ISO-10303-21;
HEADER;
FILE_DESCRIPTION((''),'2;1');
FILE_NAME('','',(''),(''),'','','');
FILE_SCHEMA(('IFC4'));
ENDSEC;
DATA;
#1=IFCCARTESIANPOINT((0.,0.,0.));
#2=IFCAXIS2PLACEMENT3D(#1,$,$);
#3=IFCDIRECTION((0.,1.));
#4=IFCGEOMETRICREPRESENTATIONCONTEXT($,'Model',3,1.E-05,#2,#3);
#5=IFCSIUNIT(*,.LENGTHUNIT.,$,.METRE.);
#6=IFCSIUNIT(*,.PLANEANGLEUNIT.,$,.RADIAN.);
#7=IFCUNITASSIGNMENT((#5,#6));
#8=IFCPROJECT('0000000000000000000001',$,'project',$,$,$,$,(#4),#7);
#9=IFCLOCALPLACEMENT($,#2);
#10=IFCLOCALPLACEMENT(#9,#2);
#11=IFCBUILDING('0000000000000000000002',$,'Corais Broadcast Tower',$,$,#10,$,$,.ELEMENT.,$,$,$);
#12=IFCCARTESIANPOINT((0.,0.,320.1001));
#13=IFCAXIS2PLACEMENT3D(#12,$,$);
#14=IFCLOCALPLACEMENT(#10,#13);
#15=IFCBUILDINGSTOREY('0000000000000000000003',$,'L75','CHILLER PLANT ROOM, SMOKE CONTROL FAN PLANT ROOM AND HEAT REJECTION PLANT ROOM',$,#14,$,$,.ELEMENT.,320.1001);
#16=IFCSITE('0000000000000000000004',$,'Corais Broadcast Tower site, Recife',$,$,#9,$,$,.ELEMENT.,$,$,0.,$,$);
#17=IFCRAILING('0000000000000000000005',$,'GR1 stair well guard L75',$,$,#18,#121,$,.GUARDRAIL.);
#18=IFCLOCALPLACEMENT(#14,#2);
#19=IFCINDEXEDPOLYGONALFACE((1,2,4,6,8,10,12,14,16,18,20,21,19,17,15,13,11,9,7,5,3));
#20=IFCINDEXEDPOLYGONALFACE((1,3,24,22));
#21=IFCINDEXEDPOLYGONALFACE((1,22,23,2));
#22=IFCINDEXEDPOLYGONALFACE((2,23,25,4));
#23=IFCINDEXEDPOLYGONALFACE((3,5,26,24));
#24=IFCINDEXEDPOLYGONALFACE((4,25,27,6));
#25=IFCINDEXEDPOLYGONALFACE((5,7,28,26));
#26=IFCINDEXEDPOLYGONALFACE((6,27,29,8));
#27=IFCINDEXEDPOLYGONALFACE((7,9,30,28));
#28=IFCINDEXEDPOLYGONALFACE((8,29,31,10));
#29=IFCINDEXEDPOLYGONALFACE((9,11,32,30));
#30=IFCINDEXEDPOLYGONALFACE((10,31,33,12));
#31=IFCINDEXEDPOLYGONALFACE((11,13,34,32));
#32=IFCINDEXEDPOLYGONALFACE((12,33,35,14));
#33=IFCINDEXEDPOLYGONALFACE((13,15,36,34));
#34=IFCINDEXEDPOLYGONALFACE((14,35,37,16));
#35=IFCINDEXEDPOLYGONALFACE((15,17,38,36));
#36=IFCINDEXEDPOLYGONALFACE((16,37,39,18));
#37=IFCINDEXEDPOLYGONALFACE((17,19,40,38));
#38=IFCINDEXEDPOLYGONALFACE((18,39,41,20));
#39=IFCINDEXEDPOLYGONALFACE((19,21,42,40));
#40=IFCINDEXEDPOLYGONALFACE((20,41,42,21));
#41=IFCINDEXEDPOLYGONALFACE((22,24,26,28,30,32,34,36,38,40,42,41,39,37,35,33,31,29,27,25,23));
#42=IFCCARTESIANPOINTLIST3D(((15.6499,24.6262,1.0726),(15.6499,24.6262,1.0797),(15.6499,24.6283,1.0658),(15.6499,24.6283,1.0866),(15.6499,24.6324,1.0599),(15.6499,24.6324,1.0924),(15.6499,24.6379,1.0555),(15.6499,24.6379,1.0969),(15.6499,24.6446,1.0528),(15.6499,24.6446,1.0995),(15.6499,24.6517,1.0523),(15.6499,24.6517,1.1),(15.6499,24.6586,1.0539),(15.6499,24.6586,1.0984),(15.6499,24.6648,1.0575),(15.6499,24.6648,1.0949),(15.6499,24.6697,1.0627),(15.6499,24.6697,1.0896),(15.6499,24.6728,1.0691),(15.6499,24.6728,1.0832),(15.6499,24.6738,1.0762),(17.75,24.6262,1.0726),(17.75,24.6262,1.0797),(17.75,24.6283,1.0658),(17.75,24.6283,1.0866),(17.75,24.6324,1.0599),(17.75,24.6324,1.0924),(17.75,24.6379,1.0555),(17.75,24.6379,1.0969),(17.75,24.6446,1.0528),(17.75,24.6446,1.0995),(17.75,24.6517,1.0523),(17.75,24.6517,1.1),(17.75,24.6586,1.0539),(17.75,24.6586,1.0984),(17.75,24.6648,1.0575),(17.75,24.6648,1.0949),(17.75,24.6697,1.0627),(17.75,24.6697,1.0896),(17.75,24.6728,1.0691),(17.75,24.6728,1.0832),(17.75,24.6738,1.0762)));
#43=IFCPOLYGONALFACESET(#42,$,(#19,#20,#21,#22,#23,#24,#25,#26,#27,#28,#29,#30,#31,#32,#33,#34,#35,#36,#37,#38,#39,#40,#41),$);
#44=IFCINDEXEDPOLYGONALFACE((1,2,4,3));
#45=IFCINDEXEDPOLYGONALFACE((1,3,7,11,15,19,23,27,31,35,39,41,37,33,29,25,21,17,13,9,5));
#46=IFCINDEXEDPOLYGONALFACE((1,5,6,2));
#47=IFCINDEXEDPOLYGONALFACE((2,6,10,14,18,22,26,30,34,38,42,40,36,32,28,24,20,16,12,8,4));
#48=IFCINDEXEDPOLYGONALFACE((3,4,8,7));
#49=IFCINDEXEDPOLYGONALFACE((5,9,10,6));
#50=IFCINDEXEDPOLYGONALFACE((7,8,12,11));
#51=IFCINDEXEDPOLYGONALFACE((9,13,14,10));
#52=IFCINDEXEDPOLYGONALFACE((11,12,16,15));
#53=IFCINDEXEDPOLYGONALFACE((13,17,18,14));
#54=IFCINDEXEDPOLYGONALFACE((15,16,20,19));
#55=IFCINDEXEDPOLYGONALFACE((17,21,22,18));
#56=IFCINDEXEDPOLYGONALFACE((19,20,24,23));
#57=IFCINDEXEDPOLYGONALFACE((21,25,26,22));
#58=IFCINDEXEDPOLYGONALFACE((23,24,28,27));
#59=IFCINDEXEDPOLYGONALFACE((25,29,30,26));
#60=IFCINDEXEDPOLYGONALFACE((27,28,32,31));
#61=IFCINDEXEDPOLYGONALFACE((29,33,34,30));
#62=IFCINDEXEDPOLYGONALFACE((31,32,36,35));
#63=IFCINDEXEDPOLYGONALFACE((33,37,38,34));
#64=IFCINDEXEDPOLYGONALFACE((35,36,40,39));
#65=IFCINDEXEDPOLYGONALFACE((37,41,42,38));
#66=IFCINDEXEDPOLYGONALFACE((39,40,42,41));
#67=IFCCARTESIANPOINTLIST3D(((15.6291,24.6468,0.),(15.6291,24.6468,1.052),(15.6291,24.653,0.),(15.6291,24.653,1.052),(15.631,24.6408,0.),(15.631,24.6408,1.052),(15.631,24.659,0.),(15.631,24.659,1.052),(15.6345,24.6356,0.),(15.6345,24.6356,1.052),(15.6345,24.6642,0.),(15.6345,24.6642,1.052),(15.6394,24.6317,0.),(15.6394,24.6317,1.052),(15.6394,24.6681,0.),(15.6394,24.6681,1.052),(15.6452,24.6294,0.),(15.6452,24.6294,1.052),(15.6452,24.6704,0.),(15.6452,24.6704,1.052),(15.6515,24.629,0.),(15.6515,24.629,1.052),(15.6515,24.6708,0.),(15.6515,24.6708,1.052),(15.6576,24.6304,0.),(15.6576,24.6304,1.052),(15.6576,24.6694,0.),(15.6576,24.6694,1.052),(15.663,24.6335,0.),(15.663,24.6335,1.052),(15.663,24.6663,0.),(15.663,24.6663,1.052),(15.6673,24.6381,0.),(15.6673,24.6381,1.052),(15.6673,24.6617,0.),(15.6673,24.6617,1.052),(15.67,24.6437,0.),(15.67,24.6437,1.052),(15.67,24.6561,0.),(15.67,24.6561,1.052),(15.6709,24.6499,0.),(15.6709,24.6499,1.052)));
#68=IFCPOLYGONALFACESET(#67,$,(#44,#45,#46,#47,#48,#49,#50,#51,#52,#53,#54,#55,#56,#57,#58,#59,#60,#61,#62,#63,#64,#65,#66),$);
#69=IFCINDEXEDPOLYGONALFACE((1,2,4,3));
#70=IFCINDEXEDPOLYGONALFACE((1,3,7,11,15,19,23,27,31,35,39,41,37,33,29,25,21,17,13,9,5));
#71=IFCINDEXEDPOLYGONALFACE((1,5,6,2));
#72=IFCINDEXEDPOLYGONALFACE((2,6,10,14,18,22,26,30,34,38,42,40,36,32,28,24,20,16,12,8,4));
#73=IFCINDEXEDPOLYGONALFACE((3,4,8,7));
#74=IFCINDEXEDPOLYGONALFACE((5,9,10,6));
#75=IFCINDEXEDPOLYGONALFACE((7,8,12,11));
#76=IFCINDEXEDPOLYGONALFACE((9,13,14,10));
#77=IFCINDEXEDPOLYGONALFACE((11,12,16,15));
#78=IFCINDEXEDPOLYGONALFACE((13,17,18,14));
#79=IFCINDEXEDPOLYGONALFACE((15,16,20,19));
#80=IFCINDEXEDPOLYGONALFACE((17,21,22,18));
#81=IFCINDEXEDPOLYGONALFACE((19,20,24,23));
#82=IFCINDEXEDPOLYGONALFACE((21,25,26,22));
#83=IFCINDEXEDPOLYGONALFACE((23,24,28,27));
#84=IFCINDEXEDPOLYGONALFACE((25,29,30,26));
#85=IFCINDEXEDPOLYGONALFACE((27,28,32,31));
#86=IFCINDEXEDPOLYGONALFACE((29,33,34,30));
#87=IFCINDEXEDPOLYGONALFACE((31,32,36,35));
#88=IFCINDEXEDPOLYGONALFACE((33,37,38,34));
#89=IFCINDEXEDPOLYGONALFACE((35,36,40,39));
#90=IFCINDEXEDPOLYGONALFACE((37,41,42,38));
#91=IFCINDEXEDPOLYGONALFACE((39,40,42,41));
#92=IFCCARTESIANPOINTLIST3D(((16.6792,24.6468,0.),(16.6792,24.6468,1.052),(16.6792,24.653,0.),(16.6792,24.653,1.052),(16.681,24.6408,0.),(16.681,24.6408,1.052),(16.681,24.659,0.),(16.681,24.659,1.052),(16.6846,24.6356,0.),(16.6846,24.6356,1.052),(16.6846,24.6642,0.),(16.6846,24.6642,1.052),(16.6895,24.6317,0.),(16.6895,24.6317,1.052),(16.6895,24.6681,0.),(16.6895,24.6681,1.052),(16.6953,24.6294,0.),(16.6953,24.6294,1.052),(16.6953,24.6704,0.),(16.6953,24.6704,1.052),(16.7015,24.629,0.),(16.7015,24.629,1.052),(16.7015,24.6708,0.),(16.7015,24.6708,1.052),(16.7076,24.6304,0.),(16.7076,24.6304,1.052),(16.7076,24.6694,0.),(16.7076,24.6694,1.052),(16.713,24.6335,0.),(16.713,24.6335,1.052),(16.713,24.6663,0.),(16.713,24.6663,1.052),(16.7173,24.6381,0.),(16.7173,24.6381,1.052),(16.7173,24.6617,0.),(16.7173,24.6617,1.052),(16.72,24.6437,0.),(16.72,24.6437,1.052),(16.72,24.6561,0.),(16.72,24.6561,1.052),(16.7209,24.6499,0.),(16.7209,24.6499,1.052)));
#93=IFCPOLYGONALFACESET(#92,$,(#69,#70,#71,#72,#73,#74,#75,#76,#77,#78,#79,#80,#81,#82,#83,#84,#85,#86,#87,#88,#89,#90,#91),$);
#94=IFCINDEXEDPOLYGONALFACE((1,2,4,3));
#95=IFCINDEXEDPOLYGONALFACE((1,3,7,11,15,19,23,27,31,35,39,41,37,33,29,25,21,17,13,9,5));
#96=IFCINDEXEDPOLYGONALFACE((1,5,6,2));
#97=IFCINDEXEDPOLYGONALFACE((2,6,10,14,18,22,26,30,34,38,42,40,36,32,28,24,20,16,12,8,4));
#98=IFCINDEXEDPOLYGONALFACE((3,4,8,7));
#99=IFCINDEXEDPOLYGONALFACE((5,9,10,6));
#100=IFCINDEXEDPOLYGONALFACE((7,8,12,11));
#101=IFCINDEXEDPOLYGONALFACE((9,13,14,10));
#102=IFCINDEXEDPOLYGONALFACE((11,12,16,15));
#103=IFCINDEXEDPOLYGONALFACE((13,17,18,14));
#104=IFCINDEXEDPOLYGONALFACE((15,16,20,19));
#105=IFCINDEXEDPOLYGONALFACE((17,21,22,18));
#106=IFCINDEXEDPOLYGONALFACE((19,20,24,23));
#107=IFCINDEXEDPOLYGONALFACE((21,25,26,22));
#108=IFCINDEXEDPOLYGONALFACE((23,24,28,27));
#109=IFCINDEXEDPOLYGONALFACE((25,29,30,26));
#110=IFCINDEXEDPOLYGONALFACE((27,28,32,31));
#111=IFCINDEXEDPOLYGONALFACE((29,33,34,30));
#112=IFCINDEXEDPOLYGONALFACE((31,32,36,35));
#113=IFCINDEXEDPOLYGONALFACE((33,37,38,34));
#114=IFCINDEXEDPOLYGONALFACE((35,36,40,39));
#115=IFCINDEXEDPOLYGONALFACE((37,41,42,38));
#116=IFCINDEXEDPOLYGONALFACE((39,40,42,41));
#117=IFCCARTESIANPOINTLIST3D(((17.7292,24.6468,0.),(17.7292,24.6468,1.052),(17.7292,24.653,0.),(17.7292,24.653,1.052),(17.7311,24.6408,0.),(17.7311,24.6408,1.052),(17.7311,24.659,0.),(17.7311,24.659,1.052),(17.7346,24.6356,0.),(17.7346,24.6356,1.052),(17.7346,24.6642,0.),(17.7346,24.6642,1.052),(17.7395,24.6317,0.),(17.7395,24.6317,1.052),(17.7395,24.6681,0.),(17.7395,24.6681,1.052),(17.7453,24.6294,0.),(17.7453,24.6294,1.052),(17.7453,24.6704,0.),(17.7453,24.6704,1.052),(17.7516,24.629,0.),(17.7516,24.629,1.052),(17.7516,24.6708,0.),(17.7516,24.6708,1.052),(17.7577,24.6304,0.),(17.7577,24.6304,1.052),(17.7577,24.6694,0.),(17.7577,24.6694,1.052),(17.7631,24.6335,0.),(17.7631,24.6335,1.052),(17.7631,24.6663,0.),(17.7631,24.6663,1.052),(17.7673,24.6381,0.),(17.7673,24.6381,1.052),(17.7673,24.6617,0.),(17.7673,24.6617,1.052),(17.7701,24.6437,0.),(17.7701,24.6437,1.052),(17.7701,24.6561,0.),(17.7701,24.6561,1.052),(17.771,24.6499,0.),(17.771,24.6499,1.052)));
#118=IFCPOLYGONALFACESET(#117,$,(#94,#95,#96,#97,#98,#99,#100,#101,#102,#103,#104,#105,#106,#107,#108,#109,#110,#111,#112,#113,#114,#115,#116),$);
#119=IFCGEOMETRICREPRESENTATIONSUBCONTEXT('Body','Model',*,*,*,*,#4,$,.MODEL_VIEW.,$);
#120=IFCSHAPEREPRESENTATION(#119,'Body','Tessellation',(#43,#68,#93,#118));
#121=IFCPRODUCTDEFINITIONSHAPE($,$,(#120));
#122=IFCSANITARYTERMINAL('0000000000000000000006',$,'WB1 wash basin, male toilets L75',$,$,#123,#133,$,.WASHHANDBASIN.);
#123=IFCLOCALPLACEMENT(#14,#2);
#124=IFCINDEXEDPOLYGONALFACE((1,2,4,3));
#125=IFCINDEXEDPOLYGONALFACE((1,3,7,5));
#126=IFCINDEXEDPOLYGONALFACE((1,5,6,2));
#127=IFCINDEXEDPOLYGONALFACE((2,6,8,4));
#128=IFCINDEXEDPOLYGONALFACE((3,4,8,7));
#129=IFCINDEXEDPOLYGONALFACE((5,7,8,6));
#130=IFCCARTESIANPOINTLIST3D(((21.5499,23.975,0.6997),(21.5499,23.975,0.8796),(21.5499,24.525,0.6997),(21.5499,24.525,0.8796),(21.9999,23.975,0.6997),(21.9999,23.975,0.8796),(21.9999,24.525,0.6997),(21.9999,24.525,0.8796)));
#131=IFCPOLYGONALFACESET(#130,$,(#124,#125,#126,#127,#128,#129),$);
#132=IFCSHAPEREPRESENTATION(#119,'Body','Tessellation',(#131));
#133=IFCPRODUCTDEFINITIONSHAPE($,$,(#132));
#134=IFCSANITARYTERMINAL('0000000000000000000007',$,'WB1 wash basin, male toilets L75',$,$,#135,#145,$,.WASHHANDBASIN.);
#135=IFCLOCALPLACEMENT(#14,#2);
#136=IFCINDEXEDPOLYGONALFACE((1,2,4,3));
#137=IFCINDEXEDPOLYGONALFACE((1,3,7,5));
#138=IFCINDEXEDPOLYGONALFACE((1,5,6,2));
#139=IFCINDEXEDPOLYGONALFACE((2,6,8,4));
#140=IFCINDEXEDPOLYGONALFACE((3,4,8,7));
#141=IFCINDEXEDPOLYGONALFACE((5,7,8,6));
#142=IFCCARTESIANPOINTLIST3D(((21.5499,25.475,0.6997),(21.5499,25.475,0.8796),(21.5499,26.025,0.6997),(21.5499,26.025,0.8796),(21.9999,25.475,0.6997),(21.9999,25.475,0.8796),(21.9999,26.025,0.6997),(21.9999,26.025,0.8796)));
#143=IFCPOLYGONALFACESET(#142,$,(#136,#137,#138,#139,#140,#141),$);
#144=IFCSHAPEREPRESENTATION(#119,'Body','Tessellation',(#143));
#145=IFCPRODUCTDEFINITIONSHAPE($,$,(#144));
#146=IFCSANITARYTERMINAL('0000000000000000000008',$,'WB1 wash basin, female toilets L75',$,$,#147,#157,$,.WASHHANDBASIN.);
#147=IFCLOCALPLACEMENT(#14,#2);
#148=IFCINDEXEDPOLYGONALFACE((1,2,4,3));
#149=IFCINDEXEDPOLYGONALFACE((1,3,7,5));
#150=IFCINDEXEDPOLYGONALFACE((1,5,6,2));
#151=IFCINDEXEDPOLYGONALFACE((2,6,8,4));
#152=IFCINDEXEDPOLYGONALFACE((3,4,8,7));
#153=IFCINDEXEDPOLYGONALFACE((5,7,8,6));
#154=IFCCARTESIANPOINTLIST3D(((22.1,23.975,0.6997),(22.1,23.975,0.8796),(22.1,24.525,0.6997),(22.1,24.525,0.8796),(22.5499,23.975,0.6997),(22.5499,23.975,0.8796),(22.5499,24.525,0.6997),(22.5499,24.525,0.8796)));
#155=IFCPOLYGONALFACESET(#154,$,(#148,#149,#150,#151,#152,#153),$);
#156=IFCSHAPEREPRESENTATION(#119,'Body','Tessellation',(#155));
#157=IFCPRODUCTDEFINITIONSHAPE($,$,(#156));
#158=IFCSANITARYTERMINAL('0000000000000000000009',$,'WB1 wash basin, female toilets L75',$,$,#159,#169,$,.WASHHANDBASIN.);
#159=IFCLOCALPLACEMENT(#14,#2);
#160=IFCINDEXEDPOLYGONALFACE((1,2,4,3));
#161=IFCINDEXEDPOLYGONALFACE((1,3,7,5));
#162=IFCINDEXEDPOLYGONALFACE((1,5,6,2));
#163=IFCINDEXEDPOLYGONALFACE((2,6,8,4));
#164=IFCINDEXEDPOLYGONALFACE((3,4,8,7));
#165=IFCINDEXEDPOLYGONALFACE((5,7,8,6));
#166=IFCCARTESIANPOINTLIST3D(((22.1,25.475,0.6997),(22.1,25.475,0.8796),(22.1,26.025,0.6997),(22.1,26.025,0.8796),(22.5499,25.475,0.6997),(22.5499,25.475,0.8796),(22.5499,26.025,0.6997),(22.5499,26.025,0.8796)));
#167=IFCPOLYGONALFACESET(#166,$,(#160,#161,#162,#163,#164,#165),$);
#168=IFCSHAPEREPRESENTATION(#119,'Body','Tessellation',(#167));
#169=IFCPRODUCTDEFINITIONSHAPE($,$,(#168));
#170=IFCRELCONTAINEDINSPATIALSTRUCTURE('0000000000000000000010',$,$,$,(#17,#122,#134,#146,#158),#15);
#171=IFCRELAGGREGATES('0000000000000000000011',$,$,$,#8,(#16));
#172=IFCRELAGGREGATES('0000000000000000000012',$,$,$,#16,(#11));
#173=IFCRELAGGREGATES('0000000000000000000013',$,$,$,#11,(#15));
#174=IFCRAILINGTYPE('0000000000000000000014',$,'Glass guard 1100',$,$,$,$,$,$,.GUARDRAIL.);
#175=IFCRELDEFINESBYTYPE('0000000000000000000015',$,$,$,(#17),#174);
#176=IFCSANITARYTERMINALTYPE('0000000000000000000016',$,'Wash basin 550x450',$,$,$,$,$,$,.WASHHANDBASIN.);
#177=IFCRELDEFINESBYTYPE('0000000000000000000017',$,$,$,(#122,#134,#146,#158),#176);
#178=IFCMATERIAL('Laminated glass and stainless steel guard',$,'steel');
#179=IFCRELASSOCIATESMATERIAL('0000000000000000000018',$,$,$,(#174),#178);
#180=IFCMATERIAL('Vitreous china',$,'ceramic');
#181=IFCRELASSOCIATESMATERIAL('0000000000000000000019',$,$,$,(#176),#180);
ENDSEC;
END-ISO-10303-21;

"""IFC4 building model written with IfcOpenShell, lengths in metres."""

from ifc_helpers import new_model, si_unit, direction, frame, origin, origin_2d, place, context, subcontext, project, spatial, rectangle, circle, extrude, material, type_object, element, save


model = new_model("IFC4")

# Units and contexts
model_context = context("Model", 3, precision=1e-05, world=origin(), true_north=direction((0.0, 1.0)))
body_context = subcontext(model_context, "Body", "Model", "MODEL_VIEW")
ifc_project = project(units=[si_unit("LENGTHUNIT", "METRE"), si_unit("PLANEANGLEUNIT", "RADIAN")], contexts=[model_context])

# Site, building, storey
site_placement = place(None, origin())
site = spatial("IfcSite", under=ifc_project, at=site_placement, Name="Corais Broadcast Tower site, Recife", CompositionType="ELEMENT", RefElevation=0.0)
building_placement = place(site_placement, origin())
building = spatial("IfcBuilding", under=site, at=building_placement, Name="Corais Broadcast Tower", CompositionType="ELEMENT")
storey_placement = place(building_placement, frame((0.0, 0.0, 320.1001)))
storey = spatial("IfcBuildingStorey", under=building, at=storey_placement, Name="L75", Description="CHILLER PLANT ROOM, SMOKE CONTROL FAN PLANT ROOM AND HEAT REJECTION PLANT ROOM", CompositionType="ELEMENT", Elevation=320.1001)

# Railing
ifc_material_1 = material(Name="Laminated glass and stainless steel guard", Category="steel")
railing_type = type_object("IfcRailingType", Name="Glass guard 1100", PredefinedType="GUARDRAIL", material=ifc_material_1)
railing_placement = place(storey_placement, frame((15.6499, 24.6499, 0.0)))
element("IfcRailing", 1, at=railing_placement, inside=storey, type_object=railing_type, Name="GR1 stair well guard L75", PredefinedType="GUARDRAIL", context=body_context, shape_type="SweptSolid", body=[
    extrude(circle(Radius=0.0239, at=origin_2d()), frame((0.0, 0.0, 1.0762), z_axis=(1.0, 0.0, 0.0), x_axis=(0.0, 1.0, 0.0)), (0.0, 0.0, 1.0), 2.1001),
    extrude(circle(Radius=0.021, at=origin_2d()), origin(), (0.0, 0.0, 1.0), 1.052),
    extrude(circle(Radius=0.021, at=origin_2d()), frame((1.05, 0.0, 0.0)), (0.0, 0.0, 1.0), 1.052),
    extrude(circle(Radius=0.021, at=origin_2d()), frame((2.1001, 0.0, 0.0)), (0.0, 0.0, 1.0), 1.052),
])

# Sanitary terminals
ifc_material_2 = material(Name="Vitreous china", Category="ceramic")
sanitary_terminal_type = type_object("IfcSanitaryTerminalType", Name="Wash basin 550x450", PredefinedType="WASHHANDBASIN", material=ifc_material_2)
for number, where, z_axis, x_axis, name in (
    (2, (21.7749, 24.25, 0.6997), (0.0, 0.0, 1.0), (1.0, 0.0, 0.0), "WB1 wash basin, male toilets L75"),
    (3, (21.7749, 25.75, 0.6997), (0.0, 0.0, 1.0), (1.0, 0.0, 0.0), "WB1 wash basin, male toilets L75"),
    (4, (22.325, 24.25, 0.6997), (0.0, 0.0, 1.0), (1.0, 0.0, 0.0), "WB1 wash basin, female toilets L75"),
    (5, (22.325, 25.75, 0.6997), (0.0, 0.0, 1.0), (1.0, 0.0, 0.0), "WB1 wash basin, female toilets L75"),
):
    element("IfcSanitaryTerminal", number, at=place(storey_placement, frame(where, z_axis=z_axis, x_axis=x_axis)), inside=storey, type_object=sanitary_terminal_type, Name=name, PredefinedType="WASHHANDBASIN", context=body_context, shape_type="SweptSolid", body=[
        extrude(rectangle(XDim=0.45, YDim=0.55, at=origin_2d()), origin(), (0.0, 0.0, 1.0), 0.1799),
    ])

save(model, "model.ifc")
